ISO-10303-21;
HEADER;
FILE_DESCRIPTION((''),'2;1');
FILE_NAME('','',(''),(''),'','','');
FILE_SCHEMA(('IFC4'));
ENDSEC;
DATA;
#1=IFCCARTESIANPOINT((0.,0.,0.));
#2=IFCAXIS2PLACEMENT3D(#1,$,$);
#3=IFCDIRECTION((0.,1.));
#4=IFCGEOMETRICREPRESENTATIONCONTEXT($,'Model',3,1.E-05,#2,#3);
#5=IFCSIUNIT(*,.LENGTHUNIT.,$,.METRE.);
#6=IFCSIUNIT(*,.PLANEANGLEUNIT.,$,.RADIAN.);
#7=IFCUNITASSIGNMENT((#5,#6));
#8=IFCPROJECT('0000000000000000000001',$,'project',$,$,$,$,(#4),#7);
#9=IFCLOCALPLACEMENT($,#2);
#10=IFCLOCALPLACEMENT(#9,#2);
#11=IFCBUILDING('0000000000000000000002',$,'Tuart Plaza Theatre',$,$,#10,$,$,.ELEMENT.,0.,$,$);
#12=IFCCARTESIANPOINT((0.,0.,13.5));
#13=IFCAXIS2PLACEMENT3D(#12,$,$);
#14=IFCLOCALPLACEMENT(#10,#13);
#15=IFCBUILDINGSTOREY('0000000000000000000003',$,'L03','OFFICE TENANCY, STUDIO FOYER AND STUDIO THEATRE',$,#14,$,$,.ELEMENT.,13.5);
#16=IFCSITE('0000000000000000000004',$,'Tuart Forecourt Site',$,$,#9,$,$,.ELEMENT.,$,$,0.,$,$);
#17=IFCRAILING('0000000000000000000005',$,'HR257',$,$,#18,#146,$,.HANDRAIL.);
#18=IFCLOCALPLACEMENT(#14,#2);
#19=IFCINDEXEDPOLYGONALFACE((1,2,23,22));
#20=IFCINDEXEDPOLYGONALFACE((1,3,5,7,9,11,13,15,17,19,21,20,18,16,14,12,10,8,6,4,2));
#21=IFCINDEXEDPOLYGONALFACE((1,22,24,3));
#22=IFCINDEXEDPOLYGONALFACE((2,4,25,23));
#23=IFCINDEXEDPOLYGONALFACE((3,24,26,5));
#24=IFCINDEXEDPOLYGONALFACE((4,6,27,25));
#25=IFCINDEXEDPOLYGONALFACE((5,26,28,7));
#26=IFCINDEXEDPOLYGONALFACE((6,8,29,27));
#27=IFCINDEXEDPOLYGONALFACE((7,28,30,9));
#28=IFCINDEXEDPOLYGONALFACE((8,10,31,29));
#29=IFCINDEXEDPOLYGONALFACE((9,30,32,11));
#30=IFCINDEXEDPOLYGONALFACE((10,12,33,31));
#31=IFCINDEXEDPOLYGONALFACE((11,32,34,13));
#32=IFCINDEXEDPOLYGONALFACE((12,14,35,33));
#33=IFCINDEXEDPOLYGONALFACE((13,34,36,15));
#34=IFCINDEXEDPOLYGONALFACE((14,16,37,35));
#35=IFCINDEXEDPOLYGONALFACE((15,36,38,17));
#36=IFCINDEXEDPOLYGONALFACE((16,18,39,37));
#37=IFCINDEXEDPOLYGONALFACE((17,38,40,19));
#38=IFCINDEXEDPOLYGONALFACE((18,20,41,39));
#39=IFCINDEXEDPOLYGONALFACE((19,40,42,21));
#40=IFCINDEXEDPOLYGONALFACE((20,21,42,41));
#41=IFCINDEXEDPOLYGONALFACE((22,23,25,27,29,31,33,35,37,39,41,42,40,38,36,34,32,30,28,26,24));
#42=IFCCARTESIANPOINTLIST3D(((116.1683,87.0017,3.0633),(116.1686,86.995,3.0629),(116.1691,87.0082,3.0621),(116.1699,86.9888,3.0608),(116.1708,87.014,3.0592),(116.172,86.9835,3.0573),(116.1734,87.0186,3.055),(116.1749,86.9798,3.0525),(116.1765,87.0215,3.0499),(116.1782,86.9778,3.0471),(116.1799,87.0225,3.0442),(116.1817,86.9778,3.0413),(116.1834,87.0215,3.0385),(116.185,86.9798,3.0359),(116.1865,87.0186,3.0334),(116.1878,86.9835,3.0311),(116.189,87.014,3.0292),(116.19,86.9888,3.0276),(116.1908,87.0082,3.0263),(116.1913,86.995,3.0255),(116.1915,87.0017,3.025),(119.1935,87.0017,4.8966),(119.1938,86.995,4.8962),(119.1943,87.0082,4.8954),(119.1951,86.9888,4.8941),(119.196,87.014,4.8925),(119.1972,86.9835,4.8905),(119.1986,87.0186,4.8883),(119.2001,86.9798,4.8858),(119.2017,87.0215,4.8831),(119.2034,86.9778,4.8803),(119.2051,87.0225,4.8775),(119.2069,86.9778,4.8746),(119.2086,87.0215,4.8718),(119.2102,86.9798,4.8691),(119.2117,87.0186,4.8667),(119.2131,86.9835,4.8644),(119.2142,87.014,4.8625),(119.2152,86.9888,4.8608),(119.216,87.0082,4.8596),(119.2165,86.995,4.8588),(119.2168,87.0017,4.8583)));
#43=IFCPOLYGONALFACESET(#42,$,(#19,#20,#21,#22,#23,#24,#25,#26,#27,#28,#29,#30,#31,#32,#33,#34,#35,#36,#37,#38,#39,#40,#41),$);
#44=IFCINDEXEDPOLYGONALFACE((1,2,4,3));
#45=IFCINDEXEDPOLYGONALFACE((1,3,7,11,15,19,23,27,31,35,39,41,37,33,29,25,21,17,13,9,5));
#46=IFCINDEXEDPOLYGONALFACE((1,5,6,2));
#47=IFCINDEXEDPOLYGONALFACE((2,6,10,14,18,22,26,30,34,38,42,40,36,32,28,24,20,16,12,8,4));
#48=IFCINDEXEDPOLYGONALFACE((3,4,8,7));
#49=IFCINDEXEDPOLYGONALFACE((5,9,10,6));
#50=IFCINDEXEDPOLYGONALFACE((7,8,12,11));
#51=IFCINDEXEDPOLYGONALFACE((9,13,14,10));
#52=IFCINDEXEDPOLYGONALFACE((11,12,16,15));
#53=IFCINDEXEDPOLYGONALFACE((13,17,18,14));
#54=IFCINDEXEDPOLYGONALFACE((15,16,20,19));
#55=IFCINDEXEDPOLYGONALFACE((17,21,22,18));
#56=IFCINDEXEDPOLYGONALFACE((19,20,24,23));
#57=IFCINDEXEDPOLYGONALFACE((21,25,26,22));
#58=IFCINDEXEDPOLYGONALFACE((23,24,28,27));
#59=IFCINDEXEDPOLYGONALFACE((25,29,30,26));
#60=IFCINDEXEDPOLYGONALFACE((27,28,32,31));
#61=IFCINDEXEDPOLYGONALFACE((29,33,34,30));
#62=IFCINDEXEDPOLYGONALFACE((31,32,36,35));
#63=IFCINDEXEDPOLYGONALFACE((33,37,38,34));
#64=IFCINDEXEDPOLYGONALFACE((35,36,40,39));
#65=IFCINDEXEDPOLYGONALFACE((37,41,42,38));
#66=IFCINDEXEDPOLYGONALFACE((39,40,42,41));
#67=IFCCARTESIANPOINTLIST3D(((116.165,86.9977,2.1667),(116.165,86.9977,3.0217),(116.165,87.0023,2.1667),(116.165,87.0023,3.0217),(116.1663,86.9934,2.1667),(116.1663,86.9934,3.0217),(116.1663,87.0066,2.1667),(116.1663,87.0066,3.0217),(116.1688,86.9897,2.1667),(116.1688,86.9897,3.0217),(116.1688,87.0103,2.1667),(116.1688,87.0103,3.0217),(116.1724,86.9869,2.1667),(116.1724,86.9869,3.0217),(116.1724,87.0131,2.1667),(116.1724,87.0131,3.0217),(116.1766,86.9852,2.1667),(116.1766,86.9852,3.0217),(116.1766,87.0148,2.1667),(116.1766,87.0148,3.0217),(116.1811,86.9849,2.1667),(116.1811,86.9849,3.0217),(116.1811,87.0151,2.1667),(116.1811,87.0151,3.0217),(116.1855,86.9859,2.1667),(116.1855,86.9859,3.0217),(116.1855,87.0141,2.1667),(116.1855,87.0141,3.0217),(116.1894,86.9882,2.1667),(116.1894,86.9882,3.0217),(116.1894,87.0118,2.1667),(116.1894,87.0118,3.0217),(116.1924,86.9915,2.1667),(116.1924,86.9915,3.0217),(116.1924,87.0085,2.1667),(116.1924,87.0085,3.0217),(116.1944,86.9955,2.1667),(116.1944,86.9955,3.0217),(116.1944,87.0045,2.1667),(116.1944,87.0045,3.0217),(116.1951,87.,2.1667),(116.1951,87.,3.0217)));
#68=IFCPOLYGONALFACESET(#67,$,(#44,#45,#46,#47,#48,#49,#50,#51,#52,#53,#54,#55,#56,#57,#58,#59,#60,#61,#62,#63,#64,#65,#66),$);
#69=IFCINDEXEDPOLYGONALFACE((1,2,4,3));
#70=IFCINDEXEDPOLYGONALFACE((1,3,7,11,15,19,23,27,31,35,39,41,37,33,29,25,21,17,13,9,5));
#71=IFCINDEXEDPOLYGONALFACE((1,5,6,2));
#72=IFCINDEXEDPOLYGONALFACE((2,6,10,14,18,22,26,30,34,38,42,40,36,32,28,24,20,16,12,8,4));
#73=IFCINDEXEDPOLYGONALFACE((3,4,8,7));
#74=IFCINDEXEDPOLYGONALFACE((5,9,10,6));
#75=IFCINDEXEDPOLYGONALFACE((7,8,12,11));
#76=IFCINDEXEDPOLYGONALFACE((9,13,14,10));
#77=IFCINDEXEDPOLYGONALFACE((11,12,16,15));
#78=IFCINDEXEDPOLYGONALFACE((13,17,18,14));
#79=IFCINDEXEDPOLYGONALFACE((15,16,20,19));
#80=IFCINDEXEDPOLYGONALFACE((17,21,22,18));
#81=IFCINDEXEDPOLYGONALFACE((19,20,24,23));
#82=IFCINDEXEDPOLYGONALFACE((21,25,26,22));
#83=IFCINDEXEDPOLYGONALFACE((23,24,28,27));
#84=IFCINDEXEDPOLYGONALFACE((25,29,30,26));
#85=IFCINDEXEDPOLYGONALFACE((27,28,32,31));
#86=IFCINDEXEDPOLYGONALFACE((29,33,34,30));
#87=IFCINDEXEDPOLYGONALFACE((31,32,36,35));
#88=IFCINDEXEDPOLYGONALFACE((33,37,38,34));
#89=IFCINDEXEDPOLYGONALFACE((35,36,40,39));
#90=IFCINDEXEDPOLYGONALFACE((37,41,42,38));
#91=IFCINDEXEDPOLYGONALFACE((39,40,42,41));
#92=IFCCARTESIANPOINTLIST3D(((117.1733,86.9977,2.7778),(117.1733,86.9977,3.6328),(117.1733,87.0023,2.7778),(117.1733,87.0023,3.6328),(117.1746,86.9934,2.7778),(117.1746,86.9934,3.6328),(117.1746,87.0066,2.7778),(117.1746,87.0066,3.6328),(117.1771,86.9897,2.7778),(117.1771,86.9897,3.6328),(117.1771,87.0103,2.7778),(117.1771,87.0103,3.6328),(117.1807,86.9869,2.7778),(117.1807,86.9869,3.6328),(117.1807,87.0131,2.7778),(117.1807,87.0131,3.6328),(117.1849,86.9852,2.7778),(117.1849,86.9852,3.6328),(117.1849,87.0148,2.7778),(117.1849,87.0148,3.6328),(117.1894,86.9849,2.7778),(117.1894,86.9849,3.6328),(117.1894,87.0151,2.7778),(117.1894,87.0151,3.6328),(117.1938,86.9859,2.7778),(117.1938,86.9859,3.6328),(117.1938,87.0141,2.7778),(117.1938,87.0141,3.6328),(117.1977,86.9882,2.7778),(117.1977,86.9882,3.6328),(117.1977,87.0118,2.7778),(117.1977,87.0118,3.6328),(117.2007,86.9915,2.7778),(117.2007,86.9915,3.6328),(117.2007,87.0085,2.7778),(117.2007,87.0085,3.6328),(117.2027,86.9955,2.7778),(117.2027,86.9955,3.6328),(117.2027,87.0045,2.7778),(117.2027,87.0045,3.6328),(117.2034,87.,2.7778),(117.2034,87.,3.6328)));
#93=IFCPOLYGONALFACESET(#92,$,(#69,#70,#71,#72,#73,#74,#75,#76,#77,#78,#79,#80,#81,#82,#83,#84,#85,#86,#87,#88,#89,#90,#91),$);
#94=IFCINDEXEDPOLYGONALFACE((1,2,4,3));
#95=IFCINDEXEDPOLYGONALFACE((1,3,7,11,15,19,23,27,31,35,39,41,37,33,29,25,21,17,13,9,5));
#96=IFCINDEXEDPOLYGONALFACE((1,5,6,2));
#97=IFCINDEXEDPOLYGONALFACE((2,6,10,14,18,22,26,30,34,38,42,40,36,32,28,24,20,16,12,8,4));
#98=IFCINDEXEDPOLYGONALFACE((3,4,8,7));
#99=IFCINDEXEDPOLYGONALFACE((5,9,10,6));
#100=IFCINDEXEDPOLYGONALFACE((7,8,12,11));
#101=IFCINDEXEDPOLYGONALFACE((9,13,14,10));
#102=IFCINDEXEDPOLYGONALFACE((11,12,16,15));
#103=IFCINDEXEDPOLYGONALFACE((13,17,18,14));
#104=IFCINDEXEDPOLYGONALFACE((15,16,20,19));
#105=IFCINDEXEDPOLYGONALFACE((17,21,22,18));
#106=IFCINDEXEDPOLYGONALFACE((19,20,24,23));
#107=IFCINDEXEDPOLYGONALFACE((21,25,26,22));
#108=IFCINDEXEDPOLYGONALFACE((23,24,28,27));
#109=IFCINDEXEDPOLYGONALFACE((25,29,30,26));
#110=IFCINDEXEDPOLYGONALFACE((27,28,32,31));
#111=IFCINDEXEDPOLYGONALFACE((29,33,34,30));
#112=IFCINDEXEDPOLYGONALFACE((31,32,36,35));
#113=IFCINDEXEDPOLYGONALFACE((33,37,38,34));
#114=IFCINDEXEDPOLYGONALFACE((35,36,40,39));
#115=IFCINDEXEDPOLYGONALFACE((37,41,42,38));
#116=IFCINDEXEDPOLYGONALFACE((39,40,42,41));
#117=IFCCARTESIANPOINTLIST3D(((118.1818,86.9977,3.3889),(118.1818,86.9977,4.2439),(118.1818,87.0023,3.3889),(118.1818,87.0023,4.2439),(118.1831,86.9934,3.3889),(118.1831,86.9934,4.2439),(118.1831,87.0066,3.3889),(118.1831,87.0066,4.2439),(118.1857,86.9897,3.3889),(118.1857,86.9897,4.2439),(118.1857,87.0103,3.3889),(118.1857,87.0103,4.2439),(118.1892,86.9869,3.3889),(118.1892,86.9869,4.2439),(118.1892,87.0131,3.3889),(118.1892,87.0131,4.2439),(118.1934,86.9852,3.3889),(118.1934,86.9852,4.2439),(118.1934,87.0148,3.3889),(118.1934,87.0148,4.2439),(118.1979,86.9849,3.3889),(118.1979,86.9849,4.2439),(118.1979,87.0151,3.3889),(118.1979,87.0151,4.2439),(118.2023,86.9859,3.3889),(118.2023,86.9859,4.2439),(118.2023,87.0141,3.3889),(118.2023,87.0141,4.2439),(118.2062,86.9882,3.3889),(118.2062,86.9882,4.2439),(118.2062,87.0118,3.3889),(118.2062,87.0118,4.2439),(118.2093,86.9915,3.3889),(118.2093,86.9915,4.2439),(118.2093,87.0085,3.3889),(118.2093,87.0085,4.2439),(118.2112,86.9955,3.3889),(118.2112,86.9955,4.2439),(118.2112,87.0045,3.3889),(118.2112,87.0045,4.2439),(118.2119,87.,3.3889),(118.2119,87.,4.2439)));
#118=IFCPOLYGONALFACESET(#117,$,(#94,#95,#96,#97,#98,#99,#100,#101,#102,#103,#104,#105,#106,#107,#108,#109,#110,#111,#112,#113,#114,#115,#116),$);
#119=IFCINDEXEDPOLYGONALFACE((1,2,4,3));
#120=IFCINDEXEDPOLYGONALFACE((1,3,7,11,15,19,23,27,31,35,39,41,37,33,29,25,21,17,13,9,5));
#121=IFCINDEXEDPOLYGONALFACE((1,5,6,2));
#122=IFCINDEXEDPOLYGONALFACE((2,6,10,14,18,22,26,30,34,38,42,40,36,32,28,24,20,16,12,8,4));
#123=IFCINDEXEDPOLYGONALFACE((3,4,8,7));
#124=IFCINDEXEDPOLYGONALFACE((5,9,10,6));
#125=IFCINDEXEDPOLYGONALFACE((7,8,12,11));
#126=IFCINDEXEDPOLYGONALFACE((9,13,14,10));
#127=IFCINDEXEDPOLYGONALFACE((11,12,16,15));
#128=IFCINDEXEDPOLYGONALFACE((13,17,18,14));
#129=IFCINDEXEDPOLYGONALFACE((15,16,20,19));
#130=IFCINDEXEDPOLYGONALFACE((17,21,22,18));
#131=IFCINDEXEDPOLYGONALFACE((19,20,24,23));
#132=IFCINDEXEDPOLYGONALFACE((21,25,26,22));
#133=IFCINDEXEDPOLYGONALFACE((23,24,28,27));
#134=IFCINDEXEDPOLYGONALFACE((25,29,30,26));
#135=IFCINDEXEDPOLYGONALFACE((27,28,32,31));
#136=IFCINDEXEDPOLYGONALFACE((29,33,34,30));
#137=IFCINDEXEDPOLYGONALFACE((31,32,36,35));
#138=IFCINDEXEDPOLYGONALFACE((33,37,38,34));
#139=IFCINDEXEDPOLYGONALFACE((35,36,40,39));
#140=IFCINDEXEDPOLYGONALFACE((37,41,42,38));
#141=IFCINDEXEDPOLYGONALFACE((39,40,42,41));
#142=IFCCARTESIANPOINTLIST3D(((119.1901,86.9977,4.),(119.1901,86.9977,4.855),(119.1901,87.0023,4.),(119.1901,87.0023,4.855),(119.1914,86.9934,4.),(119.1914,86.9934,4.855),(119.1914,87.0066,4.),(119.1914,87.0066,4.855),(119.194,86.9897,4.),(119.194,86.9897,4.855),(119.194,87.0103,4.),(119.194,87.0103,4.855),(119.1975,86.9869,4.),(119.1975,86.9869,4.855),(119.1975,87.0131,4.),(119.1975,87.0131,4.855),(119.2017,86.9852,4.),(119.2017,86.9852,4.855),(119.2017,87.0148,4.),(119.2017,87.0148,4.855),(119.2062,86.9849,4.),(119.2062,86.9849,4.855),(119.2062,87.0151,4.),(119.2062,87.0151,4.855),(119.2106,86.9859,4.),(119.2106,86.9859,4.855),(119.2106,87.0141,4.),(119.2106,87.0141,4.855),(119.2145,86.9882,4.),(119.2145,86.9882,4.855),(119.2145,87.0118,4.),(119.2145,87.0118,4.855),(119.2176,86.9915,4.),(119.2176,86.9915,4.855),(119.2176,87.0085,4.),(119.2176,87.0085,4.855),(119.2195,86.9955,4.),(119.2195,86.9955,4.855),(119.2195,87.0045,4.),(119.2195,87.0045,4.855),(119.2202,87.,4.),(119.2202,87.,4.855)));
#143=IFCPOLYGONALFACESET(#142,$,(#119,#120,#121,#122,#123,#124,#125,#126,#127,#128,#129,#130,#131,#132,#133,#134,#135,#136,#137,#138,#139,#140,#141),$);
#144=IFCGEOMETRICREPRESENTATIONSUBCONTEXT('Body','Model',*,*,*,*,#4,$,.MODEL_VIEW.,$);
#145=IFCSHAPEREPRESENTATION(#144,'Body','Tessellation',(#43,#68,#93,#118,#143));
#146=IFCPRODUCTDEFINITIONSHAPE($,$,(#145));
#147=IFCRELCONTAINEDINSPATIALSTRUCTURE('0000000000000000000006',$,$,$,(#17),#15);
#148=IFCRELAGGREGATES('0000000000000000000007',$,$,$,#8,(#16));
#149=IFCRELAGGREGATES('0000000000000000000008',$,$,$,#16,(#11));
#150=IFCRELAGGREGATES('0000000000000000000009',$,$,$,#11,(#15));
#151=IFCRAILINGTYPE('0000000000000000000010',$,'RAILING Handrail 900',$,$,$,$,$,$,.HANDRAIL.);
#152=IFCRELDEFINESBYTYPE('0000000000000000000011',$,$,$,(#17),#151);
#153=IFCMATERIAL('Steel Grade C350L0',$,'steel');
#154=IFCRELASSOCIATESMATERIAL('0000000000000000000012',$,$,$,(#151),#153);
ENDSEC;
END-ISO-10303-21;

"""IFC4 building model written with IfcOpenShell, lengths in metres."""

from ifc_helpers import new_model, si_unit, direction, frame, origin, origin_2d, place, context, subcontext, project, spatial, circle, extrude, material, type_object, element, save


model = new_model("IFC4")

# Units and contexts
model_context = context("Model", 3, precision=1e-05, world=origin(), true_north=direction((0.0, 1.0)))
body_context = subcontext(model_context, "Body", "Model", "MODEL_VIEW")
ifc_project = project(units=[si_unit("LENGTHUNIT", "METRE"), si_unit("PLANEANGLEUNIT", "RADIAN")], contexts=[model_context])

# Site, building, storey
site_placement = place(None, origin())
site = spatial("IfcSite", under=ifc_project, at=site_placement, Name="Tuart Forecourt Site", CompositionType="ELEMENT", RefElevation=0.0)
building_placement = place(site_placement, origin())
building = spatial("IfcBuilding", under=site, at=building_placement, Name="Tuart Plaza Theatre", CompositionType="ELEMENT", ElevationOfRefHeight=0.0)
storey_placement = place(building_placement, frame((0.0, 0.0, 13.5)))
storey = spatial("IfcBuildingStorey", under=building, at=storey_placement, Name="L03", Description="OFFICE TENANCY, STUDIO FOYER AND STUDIO THEATRE", CompositionType="ELEMENT", Elevation=13.5)

# Railing
ifc_material_1 = material(Name="Steel Grade C350L0", Category="steel")
railing_type_1 = type_object("IfcRailingType", Name="RAILING Handrail 900", PredefinedType="HANDRAIL", material=ifc_material_1)
for number, where, name in (
    (1, (116.1799, 87.0, 2.1667), "HR257"),
):
    element("IfcRailing", number, at=place(storey_placement, frame(where)), inside=storey, type_object=railing_type_1, Name=name, PredefinedType="HANDRAIL", context=body_context, shape_type="SweptSolid", body=[
        extrude(circle(Radius=0.0225, at=origin_2d()), frame((0.0, 0.0, 0.8774), z_axis=(0.855219, 0.0, 0.518267), x_axis=(0.0, 1.0, 0.0)), (0.0, 0.0, 1.0), 3.5374),
        extrude(circle(Radius=0.0151, at=origin_2d()), origin(), (0.0, 0.0, 1.0), 0.855),
        extrude(circle(Radius=0.0151, at=origin_2d()), frame((1.0083, 0.0, 0.6111)), (0.0, 0.0, 1.0), 0.855),
        extrude(circle(Radius=0.0151, at=origin_2d()), frame((2.0168, 0.0, 1.2222)), (0.0, 0.0, 1.0), 0.855),
        extrude(circle(Radius=0.0151, at=origin_2d()), frame((3.0251, 0.0, 1.8333)), (0.0, 0.0, 1.0), 0.855),
    ])

save(model, "model.ifc")
